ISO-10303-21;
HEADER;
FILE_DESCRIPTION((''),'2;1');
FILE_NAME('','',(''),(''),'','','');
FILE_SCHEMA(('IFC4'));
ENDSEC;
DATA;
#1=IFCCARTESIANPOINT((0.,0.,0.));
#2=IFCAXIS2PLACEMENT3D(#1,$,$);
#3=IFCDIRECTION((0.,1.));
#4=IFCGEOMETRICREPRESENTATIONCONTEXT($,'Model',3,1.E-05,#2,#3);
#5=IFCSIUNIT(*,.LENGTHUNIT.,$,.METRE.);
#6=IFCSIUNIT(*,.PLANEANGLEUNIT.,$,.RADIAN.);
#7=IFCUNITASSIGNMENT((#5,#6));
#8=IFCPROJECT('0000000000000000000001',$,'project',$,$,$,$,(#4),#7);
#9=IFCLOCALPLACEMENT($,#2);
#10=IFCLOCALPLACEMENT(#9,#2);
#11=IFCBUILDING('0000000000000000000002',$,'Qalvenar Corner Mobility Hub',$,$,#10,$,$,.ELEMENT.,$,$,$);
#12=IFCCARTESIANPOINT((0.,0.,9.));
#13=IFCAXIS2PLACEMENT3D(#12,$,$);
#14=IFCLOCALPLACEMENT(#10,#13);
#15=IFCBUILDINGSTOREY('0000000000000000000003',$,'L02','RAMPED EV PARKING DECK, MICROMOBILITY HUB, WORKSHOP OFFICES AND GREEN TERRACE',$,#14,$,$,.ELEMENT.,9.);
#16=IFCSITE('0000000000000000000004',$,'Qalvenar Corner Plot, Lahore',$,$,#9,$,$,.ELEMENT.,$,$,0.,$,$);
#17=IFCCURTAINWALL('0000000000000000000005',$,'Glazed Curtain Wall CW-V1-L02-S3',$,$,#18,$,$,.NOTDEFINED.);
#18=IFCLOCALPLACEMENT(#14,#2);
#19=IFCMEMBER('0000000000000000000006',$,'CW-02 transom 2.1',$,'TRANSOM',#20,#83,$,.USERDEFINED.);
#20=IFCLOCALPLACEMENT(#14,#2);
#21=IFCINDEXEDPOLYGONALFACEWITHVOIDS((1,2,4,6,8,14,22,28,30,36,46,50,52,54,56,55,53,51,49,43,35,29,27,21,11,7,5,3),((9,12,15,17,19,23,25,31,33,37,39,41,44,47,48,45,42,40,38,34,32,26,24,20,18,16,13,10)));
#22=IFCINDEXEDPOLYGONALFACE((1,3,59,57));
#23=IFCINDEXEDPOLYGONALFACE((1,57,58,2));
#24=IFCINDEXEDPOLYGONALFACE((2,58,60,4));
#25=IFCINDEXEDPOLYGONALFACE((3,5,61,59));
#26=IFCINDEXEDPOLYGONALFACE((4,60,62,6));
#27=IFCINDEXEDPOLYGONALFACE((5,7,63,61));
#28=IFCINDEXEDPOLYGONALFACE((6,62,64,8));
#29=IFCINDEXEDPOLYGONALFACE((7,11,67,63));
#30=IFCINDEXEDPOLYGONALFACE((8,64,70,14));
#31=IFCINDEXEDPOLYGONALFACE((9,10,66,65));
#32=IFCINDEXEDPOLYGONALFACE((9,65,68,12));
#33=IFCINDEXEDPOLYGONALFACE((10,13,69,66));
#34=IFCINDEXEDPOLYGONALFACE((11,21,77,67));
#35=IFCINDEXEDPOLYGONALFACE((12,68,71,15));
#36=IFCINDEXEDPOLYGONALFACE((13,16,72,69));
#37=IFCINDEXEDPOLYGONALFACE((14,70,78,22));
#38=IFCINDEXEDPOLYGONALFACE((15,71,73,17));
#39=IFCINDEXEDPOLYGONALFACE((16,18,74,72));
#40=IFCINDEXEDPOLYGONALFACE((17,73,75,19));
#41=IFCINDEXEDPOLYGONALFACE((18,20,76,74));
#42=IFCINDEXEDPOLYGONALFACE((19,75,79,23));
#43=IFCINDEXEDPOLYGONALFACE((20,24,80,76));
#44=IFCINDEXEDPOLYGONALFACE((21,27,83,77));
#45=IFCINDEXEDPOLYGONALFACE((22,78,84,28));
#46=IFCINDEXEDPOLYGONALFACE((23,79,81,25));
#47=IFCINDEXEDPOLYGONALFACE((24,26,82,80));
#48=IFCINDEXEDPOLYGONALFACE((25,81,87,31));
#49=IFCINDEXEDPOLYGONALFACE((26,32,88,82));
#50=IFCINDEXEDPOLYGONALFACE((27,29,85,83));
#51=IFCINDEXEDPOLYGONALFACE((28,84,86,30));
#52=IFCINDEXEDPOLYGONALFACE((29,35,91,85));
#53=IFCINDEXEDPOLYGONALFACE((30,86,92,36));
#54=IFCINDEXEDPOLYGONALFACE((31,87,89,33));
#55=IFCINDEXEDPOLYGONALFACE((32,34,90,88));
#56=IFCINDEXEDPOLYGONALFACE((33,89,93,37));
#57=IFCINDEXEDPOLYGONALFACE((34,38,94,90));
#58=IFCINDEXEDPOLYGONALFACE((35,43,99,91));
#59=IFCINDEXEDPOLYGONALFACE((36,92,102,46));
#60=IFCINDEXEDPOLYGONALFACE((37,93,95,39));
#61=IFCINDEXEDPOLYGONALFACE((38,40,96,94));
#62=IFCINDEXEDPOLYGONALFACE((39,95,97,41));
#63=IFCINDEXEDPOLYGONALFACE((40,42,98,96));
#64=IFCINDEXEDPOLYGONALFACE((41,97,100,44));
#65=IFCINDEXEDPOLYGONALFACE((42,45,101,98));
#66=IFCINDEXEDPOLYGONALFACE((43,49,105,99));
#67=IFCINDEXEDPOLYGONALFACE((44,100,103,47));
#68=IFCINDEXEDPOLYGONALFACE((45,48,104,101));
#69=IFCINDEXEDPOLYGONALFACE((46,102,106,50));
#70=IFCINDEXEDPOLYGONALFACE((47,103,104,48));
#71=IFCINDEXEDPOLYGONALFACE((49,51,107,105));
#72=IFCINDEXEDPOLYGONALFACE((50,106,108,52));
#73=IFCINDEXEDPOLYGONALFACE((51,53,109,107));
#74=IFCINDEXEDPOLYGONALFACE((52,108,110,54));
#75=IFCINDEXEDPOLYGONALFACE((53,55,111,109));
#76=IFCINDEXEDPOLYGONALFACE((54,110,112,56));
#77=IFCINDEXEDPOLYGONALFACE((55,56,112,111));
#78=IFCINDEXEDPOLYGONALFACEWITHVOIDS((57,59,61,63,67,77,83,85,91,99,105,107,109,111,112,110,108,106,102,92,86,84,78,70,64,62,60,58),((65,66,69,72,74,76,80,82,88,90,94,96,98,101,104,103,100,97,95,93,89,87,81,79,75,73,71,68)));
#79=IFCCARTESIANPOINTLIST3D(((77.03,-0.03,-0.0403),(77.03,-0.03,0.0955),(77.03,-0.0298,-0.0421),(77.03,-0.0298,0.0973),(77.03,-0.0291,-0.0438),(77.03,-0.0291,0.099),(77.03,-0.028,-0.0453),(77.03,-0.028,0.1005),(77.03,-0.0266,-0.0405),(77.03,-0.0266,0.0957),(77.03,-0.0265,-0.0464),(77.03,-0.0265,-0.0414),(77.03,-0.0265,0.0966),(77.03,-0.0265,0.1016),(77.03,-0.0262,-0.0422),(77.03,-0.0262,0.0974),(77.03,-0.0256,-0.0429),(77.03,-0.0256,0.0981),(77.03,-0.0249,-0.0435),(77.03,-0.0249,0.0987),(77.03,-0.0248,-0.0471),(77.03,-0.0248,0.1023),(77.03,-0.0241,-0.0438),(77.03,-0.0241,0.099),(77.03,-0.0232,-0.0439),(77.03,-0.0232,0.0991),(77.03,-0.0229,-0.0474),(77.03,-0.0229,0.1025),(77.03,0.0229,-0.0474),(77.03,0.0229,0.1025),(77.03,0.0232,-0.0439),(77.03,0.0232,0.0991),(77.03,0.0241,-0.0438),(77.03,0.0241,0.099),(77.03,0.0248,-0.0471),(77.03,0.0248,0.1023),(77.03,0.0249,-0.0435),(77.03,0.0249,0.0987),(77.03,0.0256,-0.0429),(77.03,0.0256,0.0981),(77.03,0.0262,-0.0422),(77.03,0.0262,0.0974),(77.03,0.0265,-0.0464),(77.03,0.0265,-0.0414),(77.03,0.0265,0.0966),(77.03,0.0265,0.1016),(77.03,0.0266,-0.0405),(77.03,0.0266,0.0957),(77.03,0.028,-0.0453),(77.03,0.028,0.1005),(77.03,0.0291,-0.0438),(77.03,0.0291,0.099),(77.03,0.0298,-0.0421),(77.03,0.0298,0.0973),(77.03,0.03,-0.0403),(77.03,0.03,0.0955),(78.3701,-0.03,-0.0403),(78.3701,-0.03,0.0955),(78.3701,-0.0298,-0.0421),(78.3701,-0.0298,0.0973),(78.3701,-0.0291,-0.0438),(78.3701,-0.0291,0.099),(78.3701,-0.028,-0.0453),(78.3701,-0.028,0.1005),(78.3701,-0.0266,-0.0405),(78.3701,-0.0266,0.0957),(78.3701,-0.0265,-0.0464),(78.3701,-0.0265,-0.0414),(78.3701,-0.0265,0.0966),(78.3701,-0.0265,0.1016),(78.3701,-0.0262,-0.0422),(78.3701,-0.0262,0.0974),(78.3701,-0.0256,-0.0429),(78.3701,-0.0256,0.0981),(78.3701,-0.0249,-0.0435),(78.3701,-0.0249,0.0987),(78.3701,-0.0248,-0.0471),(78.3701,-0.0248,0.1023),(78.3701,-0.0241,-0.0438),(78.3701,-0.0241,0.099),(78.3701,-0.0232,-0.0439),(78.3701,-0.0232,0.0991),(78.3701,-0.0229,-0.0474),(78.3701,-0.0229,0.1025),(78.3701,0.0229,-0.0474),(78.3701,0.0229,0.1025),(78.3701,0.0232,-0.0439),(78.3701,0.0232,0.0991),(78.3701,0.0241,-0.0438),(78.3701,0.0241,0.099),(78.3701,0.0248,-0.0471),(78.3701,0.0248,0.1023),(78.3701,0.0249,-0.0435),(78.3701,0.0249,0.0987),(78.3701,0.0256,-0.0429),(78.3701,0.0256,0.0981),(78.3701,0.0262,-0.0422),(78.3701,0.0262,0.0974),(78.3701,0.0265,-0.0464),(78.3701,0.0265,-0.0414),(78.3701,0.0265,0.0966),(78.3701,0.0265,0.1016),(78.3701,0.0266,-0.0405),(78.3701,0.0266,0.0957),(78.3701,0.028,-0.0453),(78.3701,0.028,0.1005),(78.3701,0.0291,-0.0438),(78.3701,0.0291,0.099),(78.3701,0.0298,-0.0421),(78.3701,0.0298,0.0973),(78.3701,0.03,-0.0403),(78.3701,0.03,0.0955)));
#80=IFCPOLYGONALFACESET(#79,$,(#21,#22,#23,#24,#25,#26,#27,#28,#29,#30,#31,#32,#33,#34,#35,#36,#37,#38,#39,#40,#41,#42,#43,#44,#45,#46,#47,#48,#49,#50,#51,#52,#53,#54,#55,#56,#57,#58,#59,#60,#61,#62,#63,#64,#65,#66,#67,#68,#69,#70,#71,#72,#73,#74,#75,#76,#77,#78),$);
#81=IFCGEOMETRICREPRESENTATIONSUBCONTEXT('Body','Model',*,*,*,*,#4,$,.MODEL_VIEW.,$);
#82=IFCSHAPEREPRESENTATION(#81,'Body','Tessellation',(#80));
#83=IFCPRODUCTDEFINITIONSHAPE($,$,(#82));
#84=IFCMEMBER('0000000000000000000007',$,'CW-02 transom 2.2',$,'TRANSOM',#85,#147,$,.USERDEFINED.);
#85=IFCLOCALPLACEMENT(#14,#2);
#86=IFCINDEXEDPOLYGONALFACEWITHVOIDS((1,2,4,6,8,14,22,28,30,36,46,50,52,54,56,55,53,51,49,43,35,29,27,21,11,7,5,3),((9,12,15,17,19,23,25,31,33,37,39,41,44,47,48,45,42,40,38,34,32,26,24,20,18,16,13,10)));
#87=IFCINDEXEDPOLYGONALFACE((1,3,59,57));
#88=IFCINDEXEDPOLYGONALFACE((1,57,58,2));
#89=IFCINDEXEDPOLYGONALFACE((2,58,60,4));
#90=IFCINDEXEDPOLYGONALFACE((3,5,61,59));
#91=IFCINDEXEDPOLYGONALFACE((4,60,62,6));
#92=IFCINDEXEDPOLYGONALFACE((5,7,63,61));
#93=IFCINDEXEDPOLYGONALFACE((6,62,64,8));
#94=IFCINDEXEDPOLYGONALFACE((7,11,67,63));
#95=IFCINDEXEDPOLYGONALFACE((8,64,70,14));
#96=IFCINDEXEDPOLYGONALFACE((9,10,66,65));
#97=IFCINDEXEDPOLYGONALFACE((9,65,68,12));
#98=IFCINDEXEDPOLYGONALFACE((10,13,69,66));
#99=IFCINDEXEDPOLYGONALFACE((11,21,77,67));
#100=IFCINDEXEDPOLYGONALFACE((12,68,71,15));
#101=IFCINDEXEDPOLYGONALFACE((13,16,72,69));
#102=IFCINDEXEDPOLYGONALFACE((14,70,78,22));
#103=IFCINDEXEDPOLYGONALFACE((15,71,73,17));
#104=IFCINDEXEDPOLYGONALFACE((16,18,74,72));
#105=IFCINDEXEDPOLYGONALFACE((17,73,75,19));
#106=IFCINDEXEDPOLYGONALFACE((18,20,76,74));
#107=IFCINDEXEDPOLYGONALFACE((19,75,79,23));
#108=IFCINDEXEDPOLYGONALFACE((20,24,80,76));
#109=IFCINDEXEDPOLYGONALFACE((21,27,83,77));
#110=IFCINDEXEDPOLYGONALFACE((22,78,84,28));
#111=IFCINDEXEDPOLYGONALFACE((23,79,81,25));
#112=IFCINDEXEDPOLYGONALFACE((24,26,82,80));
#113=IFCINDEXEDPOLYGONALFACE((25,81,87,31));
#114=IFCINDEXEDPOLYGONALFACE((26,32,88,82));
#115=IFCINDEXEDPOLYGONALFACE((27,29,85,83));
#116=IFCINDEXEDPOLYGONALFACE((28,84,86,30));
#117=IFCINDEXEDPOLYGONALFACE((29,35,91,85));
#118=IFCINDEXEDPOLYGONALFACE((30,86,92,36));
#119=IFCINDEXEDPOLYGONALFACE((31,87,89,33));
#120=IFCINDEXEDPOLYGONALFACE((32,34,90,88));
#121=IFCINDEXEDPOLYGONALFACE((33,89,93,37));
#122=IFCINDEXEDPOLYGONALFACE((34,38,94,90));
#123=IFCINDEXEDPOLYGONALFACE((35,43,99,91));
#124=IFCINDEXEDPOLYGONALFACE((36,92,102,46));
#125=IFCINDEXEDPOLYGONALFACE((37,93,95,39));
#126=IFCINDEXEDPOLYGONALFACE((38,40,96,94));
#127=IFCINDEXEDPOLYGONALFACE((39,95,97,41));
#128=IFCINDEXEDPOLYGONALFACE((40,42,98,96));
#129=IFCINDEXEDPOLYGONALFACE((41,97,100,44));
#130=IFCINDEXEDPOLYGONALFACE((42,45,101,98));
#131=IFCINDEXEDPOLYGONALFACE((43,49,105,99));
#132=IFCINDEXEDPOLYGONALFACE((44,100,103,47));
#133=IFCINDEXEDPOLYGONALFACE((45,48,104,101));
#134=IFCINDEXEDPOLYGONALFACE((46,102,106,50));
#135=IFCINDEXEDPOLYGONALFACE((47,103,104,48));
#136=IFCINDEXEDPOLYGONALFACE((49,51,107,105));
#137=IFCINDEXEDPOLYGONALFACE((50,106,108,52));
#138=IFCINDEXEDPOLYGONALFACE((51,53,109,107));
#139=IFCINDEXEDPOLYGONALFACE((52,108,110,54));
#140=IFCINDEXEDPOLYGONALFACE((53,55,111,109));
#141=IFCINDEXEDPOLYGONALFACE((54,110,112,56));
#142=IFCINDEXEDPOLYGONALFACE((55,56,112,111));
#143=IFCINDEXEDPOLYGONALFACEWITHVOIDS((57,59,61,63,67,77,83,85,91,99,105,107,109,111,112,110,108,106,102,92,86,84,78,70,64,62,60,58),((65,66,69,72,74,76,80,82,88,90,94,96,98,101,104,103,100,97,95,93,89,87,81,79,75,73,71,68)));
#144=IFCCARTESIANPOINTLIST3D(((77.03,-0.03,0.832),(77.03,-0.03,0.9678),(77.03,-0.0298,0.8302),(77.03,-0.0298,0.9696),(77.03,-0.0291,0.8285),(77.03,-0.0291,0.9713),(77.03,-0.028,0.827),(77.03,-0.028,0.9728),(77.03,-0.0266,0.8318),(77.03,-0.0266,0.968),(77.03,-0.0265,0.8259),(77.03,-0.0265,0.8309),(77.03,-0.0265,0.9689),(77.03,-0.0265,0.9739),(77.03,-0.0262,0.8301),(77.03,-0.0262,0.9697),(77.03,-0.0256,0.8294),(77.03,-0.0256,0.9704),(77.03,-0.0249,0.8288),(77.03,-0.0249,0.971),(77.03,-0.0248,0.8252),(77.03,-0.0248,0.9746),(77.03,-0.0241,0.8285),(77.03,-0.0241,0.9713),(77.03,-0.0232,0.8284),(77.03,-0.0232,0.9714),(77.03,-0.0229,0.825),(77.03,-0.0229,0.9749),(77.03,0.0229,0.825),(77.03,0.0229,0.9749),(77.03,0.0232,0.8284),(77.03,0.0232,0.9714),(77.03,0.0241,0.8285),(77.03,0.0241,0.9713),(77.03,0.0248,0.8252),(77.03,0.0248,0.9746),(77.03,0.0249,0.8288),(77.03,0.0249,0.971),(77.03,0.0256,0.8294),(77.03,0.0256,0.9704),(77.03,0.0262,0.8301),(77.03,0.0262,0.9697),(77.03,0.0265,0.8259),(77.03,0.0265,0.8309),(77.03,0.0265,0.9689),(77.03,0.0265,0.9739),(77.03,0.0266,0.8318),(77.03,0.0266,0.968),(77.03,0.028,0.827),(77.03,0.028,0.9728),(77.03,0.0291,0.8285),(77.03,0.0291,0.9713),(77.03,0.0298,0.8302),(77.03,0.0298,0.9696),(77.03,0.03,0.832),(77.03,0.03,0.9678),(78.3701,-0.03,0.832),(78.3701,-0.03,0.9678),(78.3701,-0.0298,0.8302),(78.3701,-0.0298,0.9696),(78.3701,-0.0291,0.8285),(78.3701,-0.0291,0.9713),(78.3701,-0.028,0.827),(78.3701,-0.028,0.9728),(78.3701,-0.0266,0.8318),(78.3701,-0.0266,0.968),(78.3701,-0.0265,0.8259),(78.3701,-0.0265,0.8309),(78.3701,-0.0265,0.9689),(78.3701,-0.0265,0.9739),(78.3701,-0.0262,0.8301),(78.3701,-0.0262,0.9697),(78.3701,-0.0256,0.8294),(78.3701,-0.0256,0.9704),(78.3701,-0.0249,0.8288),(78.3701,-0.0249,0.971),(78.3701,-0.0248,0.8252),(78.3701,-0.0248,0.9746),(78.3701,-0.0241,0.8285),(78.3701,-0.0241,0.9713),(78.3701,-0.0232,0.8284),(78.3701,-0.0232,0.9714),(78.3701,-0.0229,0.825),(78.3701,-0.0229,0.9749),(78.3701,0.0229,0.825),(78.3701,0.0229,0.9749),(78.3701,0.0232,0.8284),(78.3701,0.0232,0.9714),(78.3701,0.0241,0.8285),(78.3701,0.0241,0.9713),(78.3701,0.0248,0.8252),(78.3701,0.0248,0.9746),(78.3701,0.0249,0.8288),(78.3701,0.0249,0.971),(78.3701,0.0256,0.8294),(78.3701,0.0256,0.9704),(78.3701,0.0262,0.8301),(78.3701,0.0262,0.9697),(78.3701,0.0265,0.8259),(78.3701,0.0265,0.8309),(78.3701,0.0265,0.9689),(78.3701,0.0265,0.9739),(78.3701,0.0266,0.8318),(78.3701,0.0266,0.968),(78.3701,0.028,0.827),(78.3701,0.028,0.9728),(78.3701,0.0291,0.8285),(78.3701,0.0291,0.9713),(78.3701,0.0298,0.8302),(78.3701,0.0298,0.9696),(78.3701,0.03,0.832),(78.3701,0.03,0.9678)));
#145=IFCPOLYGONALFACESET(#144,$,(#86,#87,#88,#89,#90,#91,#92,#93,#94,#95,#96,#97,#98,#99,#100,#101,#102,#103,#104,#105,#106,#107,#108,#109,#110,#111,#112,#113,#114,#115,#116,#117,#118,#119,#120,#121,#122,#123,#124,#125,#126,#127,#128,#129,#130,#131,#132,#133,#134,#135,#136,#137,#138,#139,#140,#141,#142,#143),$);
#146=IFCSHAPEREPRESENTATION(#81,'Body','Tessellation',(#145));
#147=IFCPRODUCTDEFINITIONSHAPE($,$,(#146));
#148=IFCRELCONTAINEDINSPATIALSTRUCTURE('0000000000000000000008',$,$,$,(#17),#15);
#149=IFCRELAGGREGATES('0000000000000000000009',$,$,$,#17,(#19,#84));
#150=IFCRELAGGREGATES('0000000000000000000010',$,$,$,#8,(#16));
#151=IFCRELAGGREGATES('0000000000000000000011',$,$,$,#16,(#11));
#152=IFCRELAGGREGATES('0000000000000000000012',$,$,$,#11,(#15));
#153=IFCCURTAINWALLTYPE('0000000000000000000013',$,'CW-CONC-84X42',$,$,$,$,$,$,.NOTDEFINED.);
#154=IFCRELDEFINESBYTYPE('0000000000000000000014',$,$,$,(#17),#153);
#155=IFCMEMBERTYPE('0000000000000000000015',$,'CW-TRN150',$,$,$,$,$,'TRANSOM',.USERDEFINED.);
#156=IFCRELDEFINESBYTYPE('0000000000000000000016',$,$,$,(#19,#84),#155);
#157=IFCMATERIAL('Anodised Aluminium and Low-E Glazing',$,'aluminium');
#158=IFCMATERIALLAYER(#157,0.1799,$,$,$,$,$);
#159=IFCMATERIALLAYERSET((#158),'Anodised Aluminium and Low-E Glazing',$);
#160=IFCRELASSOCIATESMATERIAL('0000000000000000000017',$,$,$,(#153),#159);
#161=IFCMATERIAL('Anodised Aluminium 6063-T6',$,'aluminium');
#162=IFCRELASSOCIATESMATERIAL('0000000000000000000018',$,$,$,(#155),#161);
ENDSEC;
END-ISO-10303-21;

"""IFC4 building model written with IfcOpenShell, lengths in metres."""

from ifc_helpers import new_model, si_unit, direction, frame, origin, origin_2d, place, context, subcontext, project, spatial, hollow_rectangle, extrude, material, layer, layer_set, material_profile, profile_set, type_object, element, aggregate, save


model = new_model("IFC4")

# Units and contexts
model_context = context("Model", 3, precision=1e-05, world=origin(), true_north=direction((0.0, 1.0)))
body_context = subcontext(model_context, "Body", "Model", "MODEL_VIEW")
ifc_project = project(units=[si_unit("LENGTHUNIT", "METRE"), si_unit("PLANEANGLEUNIT", "RADIAN")], contexts=[model_context])

# Site, building, storey
site_placement = place(None, origin())
site = spatial("IfcSite", under=ifc_project, at=site_placement, Name="Qalvenar Corner Plot, Lahore", CompositionType="ELEMENT", RefElevation=0.0)
building_placement = place(site_placement, origin())
building = spatial("IfcBuilding", under=site, at=building_placement, Name="Qalvenar Corner Mobility Hub", CompositionType="ELEMENT")
storey_placement = place(building_placement, frame((0.0, 0.0, 9.0)))
storey = spatial("IfcBuildingStorey", under=building, at=storey_placement, Name="L02", Description="RAMPED EV PARKING DECK, MICROMOBILITY HUB, WORKSHOP OFFICES AND GREEN TERRACE", CompositionType="ELEMENT", Elevation=9.0)

# Curtain wall, members
ifc_material_1 = material(Name="Anodised Aluminium and Low-E Glazing", Category="aluminium")
ifc_layer_1 = layer(ifc_material_1, 0.1799)
ifc_layer_set_1 = layer_set([ifc_layer_1], Name="Anodised Aluminium and Low-E Glazing")
curtain_wall_type = type_object("IfcCurtainWallType", Name="CW-CONC-84X42", PredefinedType="NOTDEFINED", material=ifc_layer_set_1)
curtain_wall_placement = place(storey_placement, origin())
curtain_wall = element("IfcCurtainWall", 1, at=curtain_wall_placement, inside=storey, type_object=curtain_wall_type, Name="Glazed Curtain Wall CW-V1-L02-S3", PredefinedType="NOTDEFINED")
ifc_material_2 = material(Name="Anodised Aluminium 6063-T6", Category="aluminium")
ifc_material_profile_1 = material_profile(ifc_material_2, hollow_rectangle(XDim=0.0601, YDim=0.1499, WallThickness=0.0034, InnerFilletRadius=0.0034, OuterFilletRadius=0.0071, at=origin_2d()), Name="RHS150x60x3.5")
ifc_profile_set_1 = profile_set([ifc_material_profile_1], Name="Anodised Aluminium 6063-T6")
member_type_1 = type_object("IfcMemberType", Name="CW-TRN150", ElementType="TRANSOM", PredefinedType="USERDEFINED", material=ifc_profile_set_1)
member_1_placement = place(storey_placement, frame((77.03, 0.0, 0.0276), z_axis=(1.0, 0.0, 0.0), x_axis=(0.0, 1.0, 0.0)))
member_1 = element("IfcMember", 2, at=member_1_placement, type_object=member_type_1, Name="CW-02 transom 2.1", ObjectType="TRANSOM", PredefinedType="USERDEFINED", context=body_context, shape_type="SweptSolid", body=[
    extrude(hollow_rectangle(XDim=0.0601, YDim=0.1499, WallThickness=0.0034, InnerFilletRadius=0.0034, OuterFilletRadius=0.0071, at=origin_2d()), origin(), (0.0, 0.0, 1.0), 1.3401),
])
member_2_placement = place(storey_placement, frame((77.03, 0.0, 0.8999), z_axis=(1.0, 0.0, 0.0), x_axis=(0.0, 1.0, 0.0)))
member_2 = element("IfcMember", 3, at=member_2_placement, type_object=member_type_1, Name="CW-02 transom 2.2", ObjectType="TRANSOM", PredefinedType="USERDEFINED", context=body_context, shape_type="SweptSolid", body=[
    extrude(hollow_rectangle(XDim=0.0601, YDim=0.1499, WallThickness=0.0034, InnerFilletRadius=0.0034, OuterFilletRadius=0.0071, at=origin_2d()), origin(), (0.0, 0.0, 1.0), 1.3401),
])
aggregate(curtain_wall, [member_1, member_2])

save(model, "model.ifc")
